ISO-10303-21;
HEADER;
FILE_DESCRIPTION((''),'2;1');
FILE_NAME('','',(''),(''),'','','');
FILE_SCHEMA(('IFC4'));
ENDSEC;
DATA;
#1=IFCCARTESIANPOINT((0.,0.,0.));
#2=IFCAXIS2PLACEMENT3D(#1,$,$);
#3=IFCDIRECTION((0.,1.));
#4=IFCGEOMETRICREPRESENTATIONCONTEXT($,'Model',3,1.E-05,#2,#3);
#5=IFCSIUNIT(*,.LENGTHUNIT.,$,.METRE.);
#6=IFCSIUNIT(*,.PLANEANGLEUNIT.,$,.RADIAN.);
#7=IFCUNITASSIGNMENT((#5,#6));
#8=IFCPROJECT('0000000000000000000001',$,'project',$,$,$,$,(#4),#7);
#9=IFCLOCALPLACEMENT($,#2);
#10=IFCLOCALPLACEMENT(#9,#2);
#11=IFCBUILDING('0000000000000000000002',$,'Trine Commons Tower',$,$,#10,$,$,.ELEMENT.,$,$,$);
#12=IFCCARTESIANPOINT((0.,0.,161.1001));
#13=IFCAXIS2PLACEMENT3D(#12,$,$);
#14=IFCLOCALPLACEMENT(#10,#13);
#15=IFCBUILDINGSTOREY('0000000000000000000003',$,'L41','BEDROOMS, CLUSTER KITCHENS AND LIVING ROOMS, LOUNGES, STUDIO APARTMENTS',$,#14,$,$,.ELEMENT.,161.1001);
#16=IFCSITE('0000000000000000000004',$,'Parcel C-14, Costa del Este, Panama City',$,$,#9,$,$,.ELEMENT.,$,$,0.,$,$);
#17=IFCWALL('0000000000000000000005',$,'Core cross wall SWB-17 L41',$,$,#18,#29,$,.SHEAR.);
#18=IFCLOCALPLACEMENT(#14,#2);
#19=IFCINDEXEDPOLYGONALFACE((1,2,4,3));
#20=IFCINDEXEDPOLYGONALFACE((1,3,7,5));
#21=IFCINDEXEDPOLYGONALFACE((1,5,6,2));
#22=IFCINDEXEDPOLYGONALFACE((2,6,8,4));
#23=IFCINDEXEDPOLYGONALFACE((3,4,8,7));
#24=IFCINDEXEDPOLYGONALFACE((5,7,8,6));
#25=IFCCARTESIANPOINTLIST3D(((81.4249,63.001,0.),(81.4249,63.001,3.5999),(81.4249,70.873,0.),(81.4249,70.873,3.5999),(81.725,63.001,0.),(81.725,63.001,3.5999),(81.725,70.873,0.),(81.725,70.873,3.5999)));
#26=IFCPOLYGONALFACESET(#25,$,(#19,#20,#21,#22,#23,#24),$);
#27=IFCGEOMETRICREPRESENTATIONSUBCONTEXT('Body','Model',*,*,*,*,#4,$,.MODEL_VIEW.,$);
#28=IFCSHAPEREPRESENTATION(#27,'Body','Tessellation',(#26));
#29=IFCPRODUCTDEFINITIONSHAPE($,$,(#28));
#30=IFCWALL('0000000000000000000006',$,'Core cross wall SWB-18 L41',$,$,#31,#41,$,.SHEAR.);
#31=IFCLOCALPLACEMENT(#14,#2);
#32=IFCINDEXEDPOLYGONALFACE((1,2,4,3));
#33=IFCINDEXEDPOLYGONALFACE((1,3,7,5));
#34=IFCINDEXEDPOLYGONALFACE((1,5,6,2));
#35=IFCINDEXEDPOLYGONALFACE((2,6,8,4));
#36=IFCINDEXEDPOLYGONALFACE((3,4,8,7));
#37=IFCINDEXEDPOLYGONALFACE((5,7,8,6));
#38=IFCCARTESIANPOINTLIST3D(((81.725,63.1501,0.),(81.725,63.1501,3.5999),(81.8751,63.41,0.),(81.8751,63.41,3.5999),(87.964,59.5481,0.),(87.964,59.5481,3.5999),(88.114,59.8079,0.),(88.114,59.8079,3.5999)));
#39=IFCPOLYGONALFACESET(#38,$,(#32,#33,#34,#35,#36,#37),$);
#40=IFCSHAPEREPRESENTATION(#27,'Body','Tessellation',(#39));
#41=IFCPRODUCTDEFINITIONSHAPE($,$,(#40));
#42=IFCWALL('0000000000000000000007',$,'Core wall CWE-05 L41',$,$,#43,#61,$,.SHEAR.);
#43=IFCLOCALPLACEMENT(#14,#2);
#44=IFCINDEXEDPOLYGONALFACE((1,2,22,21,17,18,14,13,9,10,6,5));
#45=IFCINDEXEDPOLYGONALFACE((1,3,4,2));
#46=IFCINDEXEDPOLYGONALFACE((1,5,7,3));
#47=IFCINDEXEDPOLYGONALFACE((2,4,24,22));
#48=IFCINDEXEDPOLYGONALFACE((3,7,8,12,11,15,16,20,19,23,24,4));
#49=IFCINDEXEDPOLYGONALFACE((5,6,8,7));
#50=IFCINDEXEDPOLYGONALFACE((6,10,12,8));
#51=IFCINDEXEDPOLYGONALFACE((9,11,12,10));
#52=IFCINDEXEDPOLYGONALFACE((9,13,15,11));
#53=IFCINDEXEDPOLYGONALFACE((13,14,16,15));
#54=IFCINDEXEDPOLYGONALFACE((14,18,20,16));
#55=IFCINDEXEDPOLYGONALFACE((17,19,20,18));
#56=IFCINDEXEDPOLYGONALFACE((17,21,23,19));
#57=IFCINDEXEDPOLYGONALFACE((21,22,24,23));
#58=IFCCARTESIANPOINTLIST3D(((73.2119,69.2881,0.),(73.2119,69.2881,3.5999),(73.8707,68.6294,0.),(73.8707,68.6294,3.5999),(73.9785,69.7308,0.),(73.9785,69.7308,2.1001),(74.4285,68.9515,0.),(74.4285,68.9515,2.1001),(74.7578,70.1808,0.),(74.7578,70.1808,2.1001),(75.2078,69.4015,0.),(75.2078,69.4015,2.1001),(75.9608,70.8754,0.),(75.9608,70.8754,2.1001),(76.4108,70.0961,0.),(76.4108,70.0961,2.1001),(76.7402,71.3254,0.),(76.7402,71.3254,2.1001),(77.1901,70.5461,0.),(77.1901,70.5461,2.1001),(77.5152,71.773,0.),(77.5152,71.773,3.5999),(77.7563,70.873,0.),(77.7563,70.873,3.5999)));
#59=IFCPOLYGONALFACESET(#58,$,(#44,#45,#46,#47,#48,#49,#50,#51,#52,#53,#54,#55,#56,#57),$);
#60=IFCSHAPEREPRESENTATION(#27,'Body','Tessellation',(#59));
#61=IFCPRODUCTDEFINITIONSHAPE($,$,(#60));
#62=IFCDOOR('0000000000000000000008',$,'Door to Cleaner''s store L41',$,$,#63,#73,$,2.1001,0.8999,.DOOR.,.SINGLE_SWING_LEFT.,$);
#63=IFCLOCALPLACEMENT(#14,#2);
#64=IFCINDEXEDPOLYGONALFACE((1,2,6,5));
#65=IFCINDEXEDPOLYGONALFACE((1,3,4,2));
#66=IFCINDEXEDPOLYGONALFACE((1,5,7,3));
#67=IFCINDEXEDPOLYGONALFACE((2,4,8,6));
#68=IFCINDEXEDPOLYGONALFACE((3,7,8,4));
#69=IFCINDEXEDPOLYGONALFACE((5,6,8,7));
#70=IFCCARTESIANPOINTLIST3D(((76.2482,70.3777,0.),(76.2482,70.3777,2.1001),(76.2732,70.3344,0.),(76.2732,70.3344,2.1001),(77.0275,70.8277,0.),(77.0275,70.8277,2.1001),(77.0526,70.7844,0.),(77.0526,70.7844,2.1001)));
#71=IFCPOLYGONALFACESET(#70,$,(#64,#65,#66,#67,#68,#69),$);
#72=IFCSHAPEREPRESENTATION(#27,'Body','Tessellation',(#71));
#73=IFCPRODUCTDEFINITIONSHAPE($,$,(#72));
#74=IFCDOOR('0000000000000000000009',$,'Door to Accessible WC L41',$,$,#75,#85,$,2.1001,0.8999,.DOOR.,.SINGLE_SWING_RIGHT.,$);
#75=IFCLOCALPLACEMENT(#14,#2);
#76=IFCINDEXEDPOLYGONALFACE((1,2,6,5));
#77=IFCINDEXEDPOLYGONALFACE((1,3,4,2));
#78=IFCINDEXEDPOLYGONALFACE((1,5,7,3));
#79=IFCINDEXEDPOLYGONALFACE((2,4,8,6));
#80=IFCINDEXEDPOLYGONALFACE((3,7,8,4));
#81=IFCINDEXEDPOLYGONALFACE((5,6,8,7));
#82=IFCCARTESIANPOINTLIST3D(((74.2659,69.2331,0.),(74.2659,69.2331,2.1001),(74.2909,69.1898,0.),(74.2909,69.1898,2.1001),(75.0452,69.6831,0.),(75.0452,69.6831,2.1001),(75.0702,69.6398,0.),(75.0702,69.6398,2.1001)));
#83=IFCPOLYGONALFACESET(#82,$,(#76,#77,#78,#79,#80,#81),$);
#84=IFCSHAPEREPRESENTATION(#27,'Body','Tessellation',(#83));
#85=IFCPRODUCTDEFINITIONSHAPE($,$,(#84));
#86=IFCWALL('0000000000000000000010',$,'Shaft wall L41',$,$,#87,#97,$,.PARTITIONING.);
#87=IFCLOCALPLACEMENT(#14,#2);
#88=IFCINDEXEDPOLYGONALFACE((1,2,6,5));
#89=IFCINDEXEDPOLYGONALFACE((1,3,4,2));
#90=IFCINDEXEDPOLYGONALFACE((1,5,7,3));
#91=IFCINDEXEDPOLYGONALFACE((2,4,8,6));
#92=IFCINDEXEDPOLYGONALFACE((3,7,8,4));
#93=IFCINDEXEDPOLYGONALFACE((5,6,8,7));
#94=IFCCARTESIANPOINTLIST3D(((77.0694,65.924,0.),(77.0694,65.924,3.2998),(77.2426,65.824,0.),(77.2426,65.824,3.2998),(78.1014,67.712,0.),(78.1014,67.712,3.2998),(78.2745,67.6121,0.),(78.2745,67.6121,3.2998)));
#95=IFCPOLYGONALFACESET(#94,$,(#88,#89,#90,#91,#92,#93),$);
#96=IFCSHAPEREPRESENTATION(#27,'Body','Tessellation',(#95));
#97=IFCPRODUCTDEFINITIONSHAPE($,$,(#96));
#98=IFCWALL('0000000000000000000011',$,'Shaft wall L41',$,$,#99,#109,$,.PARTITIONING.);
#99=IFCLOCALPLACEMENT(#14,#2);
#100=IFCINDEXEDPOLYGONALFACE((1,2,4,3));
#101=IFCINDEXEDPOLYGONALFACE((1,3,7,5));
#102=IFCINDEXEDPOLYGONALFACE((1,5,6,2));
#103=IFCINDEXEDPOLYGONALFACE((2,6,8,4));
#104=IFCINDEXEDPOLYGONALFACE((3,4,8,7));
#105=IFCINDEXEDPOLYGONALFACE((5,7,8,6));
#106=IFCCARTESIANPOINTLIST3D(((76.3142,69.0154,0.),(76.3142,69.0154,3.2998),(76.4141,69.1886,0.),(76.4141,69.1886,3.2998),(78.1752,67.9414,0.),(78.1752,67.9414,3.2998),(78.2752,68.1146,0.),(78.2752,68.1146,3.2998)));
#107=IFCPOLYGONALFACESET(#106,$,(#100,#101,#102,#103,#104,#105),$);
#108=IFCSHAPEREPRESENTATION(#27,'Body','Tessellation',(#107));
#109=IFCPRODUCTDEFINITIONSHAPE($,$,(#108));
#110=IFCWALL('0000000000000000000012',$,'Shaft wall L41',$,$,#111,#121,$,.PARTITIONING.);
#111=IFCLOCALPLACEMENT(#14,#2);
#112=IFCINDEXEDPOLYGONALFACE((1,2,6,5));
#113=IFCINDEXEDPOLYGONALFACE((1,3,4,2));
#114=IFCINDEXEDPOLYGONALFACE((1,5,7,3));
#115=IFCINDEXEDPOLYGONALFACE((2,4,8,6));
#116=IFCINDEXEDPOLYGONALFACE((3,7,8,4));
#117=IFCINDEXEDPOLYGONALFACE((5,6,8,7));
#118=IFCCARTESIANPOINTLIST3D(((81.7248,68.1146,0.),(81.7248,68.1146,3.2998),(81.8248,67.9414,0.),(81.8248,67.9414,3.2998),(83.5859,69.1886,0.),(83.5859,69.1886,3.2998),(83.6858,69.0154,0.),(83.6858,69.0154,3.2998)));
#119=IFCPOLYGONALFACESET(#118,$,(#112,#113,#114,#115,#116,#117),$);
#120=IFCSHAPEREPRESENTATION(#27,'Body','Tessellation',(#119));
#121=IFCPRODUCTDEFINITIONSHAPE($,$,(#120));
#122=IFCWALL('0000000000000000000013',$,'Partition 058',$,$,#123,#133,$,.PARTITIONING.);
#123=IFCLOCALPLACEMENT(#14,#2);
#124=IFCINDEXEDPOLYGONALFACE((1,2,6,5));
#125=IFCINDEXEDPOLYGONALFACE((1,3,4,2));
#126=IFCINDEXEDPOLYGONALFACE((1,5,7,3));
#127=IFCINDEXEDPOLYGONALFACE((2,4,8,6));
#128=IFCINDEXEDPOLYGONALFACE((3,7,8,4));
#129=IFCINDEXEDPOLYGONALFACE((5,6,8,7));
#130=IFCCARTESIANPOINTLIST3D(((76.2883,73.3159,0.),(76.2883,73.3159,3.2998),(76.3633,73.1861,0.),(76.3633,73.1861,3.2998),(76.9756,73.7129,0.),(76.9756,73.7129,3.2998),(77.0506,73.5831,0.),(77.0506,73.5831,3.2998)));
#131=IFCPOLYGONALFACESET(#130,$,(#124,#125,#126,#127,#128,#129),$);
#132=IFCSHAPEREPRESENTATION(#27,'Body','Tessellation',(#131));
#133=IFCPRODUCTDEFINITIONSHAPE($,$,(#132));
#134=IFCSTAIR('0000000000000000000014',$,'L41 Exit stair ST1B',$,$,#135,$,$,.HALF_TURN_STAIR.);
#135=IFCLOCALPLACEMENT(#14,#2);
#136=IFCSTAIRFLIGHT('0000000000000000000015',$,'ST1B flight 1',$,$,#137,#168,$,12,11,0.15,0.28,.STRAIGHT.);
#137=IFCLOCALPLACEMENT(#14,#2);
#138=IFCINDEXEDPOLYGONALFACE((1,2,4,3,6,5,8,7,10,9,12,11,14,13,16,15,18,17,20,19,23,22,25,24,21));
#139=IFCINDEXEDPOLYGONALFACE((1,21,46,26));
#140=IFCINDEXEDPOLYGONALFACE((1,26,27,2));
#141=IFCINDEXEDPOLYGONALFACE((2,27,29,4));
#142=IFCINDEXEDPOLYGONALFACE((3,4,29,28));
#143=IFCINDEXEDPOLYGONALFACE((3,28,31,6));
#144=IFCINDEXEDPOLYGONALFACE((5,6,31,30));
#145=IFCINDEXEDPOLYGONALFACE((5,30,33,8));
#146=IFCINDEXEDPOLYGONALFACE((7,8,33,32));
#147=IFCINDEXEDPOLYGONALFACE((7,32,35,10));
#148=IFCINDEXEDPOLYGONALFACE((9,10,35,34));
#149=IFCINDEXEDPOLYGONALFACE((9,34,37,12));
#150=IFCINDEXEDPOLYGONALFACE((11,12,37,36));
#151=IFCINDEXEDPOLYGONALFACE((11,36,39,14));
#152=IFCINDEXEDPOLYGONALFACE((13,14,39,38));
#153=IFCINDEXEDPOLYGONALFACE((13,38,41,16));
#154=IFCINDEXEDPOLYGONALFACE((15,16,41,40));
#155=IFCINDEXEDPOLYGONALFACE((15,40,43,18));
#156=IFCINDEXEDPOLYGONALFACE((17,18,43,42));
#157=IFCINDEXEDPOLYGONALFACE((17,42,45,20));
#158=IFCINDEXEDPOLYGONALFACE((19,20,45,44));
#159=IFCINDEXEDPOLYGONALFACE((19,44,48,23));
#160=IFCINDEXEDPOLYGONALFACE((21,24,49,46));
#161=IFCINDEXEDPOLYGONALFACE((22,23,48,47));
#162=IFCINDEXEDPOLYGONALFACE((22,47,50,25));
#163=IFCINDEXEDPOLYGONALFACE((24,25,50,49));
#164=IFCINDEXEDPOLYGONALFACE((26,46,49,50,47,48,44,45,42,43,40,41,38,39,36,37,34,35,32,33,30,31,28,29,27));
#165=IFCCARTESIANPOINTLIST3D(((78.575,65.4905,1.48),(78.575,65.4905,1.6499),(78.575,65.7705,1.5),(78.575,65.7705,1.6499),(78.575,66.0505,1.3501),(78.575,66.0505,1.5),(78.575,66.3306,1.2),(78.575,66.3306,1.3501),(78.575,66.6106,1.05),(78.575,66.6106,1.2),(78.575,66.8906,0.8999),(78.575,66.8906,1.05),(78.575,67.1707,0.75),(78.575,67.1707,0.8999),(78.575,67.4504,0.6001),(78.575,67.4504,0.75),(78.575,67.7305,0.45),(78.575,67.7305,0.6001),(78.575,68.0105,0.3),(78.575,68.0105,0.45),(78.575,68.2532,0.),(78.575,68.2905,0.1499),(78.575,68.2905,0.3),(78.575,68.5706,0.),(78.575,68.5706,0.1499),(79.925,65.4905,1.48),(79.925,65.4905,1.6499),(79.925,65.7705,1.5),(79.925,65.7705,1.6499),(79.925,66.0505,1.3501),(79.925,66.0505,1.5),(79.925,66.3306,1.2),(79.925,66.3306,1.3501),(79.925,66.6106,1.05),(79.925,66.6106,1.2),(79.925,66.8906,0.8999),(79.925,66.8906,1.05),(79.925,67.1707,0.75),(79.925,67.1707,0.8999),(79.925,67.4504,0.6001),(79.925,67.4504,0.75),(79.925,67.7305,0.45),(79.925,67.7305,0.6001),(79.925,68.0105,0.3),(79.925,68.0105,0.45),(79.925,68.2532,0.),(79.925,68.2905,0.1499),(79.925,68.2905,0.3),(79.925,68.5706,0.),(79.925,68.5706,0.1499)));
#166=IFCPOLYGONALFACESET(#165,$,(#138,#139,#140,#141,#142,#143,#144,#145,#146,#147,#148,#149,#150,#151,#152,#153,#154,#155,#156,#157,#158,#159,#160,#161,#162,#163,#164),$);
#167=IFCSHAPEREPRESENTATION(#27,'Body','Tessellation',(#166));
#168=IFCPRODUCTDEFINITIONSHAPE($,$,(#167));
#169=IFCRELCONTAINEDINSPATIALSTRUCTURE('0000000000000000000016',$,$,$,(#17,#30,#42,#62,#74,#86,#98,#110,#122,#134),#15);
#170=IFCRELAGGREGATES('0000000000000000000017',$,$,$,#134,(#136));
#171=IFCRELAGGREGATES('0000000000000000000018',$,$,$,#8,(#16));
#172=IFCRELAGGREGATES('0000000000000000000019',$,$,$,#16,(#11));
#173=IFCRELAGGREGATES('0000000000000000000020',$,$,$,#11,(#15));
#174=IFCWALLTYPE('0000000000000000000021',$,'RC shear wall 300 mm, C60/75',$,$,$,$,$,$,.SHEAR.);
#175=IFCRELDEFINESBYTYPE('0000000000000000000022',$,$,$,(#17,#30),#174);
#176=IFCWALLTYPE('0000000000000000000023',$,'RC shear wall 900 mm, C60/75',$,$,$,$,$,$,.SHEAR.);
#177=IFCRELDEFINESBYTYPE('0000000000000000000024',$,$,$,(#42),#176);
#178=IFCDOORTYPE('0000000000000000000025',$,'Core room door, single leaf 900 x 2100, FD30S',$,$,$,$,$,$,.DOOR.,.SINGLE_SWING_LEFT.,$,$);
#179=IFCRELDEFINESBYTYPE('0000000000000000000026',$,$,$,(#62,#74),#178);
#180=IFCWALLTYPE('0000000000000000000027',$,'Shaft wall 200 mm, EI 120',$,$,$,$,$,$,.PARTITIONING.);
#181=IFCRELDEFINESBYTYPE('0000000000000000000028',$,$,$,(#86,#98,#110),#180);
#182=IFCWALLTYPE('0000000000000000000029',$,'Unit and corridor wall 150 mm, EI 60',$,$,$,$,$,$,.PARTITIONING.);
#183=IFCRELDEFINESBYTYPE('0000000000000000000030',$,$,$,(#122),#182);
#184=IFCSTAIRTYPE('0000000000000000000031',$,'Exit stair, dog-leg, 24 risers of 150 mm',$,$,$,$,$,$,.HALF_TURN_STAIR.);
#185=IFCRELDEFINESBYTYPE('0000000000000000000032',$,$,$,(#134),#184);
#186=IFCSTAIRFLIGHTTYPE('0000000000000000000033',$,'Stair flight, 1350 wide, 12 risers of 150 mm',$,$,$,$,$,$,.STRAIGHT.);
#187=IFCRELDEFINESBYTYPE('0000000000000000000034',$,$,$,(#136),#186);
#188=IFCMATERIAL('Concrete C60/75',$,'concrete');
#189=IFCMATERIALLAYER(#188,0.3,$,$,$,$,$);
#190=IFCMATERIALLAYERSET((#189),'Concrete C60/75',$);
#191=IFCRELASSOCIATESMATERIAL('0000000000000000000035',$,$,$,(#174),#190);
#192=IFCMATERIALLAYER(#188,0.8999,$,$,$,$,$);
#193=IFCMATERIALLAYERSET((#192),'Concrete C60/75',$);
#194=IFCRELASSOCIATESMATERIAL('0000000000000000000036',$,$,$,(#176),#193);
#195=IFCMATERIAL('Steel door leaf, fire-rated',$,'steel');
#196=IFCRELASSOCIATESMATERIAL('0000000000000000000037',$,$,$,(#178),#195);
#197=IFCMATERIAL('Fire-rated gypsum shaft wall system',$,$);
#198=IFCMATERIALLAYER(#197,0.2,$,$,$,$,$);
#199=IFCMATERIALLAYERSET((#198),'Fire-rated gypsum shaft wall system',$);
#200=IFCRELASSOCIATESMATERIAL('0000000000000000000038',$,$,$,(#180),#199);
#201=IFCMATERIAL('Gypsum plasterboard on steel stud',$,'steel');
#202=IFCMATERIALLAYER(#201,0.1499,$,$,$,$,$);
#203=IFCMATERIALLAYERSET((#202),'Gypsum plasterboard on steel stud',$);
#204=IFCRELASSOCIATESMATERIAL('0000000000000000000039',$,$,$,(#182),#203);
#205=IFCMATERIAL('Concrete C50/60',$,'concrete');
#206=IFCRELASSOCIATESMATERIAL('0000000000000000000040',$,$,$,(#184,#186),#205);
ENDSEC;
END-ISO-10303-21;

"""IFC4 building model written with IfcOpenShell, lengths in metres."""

from ifc_helpers import new_model, si_unit, direction, frame, frame_2d, origin, place, context, subcontext, project, spatial, polyline, rectangle, outline, extrude, material, layer, layer_set, type_object, element, fill, aggregate, save


model = new_model("IFC4")

# Units and contexts
model_context = context("Model", 3, precision=1e-05, world=origin(), true_north=direction((0.0, 1.0)))
body_context = subcontext(model_context, "Body", "Model", "MODEL_VIEW")
ifc_project = project(units=[si_unit("LENGTHUNIT", "METRE"), si_unit("PLANEANGLEUNIT", "RADIAN")], contexts=[model_context])

# Site, building, storey
site_placement = place(None, origin())
site = spatial("IfcSite", under=ifc_project, at=site_placement, Name="Parcel C-14, Costa del Este, Panama City", CompositionType="ELEMENT", RefElevation=0.0)
building_placement = place(site_placement, origin())
building = spatial("IfcBuilding", under=site, at=building_placement, Name="Trine Commons Tower", CompositionType="ELEMENT")
storey_placement = place(building_placement, frame((0.0, 0.0, 161.1001)))
storey = spatial("IfcBuildingStorey", under=building, at=storey_placement, Name="L41", Description="BEDROOMS, CLUSTER KITCHENS AND LIVING ROOMS, LOUNGES, STUDIO APARTMENTS", CompositionType="ELEMENT", Elevation=161.1001)

# Shared definitions
ifc_material_1 = material(Name="Fire-rated gypsum shaft wall system")
ifc_material_2 = material(Name="Steel door leaf, fire-rated", Category="steel")
ifc_material_3 = material(Name="Concrete C60/75", Category="concrete")
ifc_layer_1 = layer(ifc_material_3, 0.3)
ifc_layer_set_1 = layer_set([ifc_layer_1], Name="Concrete C60/75")
wall_type_1 = type_object("IfcWallType", Name="RC shear wall 300 mm, C60/75", PredefinedType="SHEAR", material=ifc_layer_set_1)

# Walls
wall_1_placement = place(storey_placement, frame((81.575, 63.001, 0.0), z_axis=(0.0, 0.0, 1.0), x_axis=(0.0, 1.0, 0.0)))
element("IfcWall", 1, at=wall_1_placement, inside=storey, type_object=wall_type_1, Name="Core cross wall SWB-17 L41", PredefinedType="SHEAR", context=body_context, shape_type="SweptSolid", body=[
    extrude(rectangle(XDim=7.8721, YDim=0.3, at=frame_2d((3.936, 0.0))), origin(), (0.0, 0.0, 1.0), 3.5999),
])
wall_2_placement = place(storey_placement, frame((81.8, 63.28, 0.0), z_axis=(0.0, 0.0, 1.0), x_axis=(0.866028, -0.499995, 0.0)))
element("IfcWall", 2, at=wall_2_placement, inside=storey, type_object=wall_type_1, Name="Core cross wall SWB-18 L41", PredefinedType="SHEAR", context=body_context, shape_type="SweptSolid", body=[
    extrude(rectangle(XDim=7.2041, YDim=0.3, at=frame_2d((3.6021, 0.0))), origin(), (0.0, 0.0, 1.0), 3.5999),
])

# Wall, openings, doors
ifc_layer_2 = layer(ifc_material_3, 0.8999)
ifc_layer_set_2 = layer_set([ifc_layer_2], Name="Concrete C60/75")
wall_type_2 = type_object("IfcWallType", Name="RC shear wall 900 mm, C60/75", PredefinedType="SHEAR", material=ifc_layer_set_2)
wall_3_placement = place(storey_placement, frame((77.7402, 71.3833, 0.0), z_axis=(0.0, 0.0, 1.0), x_axis=(-0.866003, -0.500039, 0.0)))
wall_3 = element("IfcWall", 3, at=wall_3_placement, inside=storey, type_object=wall_type_2, Name="Core wall CWE-05 L41", PredefinedType="SHEAR", context=body_context, shape_type="SweptSolid", body=[
    extrude(outline(polyline([(0.0, -0.45), (4.9692, -0.45), (4.728, 0.45), (0.2412, 0.45), (0.0, -0.45)])), origin(), (0.0, 0.0, 1.0), 3.5999),
])
opening_1_placement = place(wall_3_placement, frame((0.895, 0.0, 0.0)))
opening_1 = element("IfcOpeningElement", 4, at=opening_1_placement, cuts=wall_3, PredefinedType="OPENING", context=body_context, shape_type="SweptSolid", body=[
    extrude(rectangle(XDim=0.8999, YDim=2.1001, at=frame_2d((0.45, 1.05))), frame((0.0, 0.46, 0.0), z_axis=(0.0, -1.0, 0.0), x_axis=(1.0, 0.0, 0.0)), (0.0, 0.0, 1.0), 0.9199),
])
opening_2_placement = place(wall_3_placement, frame((3.1841, 0.0, 0.0)))
opening_2 = element("IfcOpeningElement", 5, at=opening_2_placement, cuts=wall_3, PredefinedType="OPENING", context=body_context, shape_type="SweptSolid", body=[
    extrude(rectangle(XDim=0.8999, YDim=2.1001, at=frame_2d((0.45, 1.05))), frame((0.0, 0.46, 0.0), z_axis=(0.0, -1.0, 0.0), x_axis=(1.0, 0.0, 0.0)), (0.0, 0.0, 1.0), 0.9199),
])
door_type_1 = type_object("IfcDoorType", Name="Core room door, single leaf 900 x 2100, FD30S", OperationType="SINGLE_SWING_LEFT", PredefinedType="DOOR", material=ifc_material_2)
door_1_placement = place(opening_1_placement, origin())
door_1 = element("IfcDoor", 6, at=door_1_placement, inside=storey, type_object=door_type_1, Name="Door to Cleaner's store L41", OperationType="SINGLE_SWING_LEFT", OverallHeight=2.1001, OverallWidth=0.8999, PredefinedType="DOOR", context=body_context, shape_type="SweptSolid", body=[
    extrude(rectangle(XDim=0.8999, YDim=2.1001, at=frame_2d((0.45, 1.05))), frame((0.0, 0.1748, 0.0), z_axis=(0.0, -1.0, 0.0), x_axis=(1.0, 0.0, 0.0)), (0.0, 0.0, 1.0), 0.05),
])
fill(opening_1, door_1)
door_2_placement = place(opening_2_placement, origin())
door_2 = element("IfcDoor", 7, at=door_2_placement, inside=storey, type_object=door_type_1, Name="Door to Accessible WC L41", OperationType="SINGLE_SWING_RIGHT", OverallHeight=2.1001, OverallWidth=0.8999, PredefinedType="DOOR", context=body_context, shape_type="SweptSolid", body=[
    extrude(rectangle(XDim=0.8999, YDim=2.1001, at=frame_2d((0.45, 1.05))), frame((0.0, 0.1748, 0.0), z_axis=(0.0, -1.0, 0.0), x_axis=(1.0, 0.0, 0.0)), (0.0, 0.0, 1.0), 0.05),
])
fill(opening_2, door_2)

# Walls
ifc_layer_3 = layer(ifc_material_1, 0.2)
ifc_layer_set_3 = layer_set([ifc_layer_3], Name="Fire-rated gypsum shaft wall system")
wall_type_3 = type_object("IfcWallType", Name="Shaft wall 200 mm, EI 120", PredefinedType="PARTITIONING", material=ifc_layer_set_3)
wall_4_placement = place(storey_placement, frame((77.156, 65.874, 0.0), z_axis=(0.0, 0.0, 1.0), x_axis=(0.499866, 0.866103, 0.0)))
element("IfcWall", 8, at=wall_4_placement, inside=storey, type_object=wall_type_3, Name="Shaft wall L41", PredefinedType="PARTITIONING", context=body_context, shape_type="SweptSolid", body=[
    extrude(rectangle(XDim=2.0645, YDim=0.2, at=frame_2d((1.0322, 0.0))), origin(), (0.0, 0.0, 1.0), 3.2998),
])
for number, where, z_axis, x_axis, name in (
    (9, (78.2251, 68.0281, 0.0), (0.0, 0.0, 1.0), (-0.866131, 0.499818, 0.0), "Shaft wall L41"),
    (10, (81.7749, 68.0281, 0.0), (0.0, 0.0, 1.0), (0.866131, 0.499818, 0.0), "Shaft wall L41"),
):
    element("IfcWall", number, at=place(storey_placement, frame(where, z_axis=z_axis, x_axis=x_axis)), inside=storey, type_object=wall_type_3, Name=name, PredefinedType="PARTITIONING", context=body_context, shape_type="SweptSolid", body=[
        extrude(rectangle(XDim=2.1487, YDim=0.2, at=frame_2d((1.0742, 0.0))), origin(), (0.0, 0.0, 1.0), 3.2998),
    ])
ifc_material_4 = material(Name="Gypsum plasterboard on steel stud", Category="steel")
ifc_layer_4 = layer(ifc_material_4, 0.1499)
ifc_layer_set_4 = layer_set([ifc_layer_4], Name="Gypsum plasterboard on steel stud")
wall_type_4 = type_object("IfcWallType", Name="Unit and corridor wall 150 mm, EI 60", PredefinedType="PARTITIONING", material=ifc_layer_set_4)
wall_5_placement = place(storey_placement, frame((76.3257, 73.251, 0.0), z_axis=(0.0, 0.0, 1.0), x_axis=(0.865924, 0.500175, 0.0)))
element("IfcWall", 11, at=wall_5_placement, inside=storey, type_object=wall_type_4, Name="Partition 058", PredefinedType="PARTITIONING", context=body_context, shape_type="SweptSolid", body=[
    extrude(rectangle(XDim=0.7937, YDim=0.1499, at=frame_2d((0.397, 0.0))), origin(), (0.0, 0.0, 1.0), 3.2998),
])

# Stair, stair flight
ifc_material_5 = material(Name="Concrete C50/60", Category="concrete")
stair_type = type_object("IfcStairType", Name="Exit stair, dog-leg, 24 risers of 150 mm", PredefinedType="HALF_TURN_STAIR", material=ifc_material_5)
stair_placement = place(storey_placement, origin())
stair = element("IfcStair", 12, at=stair_placement, inside=storey, type_object=stair_type, Name="L41 Exit stair ST1B", PredefinedType="HALF_TURN_STAIR")
stair_flight_type = type_object("IfcStairFlightType", Name="Stair flight, 1350 wide, 12 risers of 150 mm", PredefinedType="STRAIGHT", material=ifc_material_5)
stair_flight_1_placement = place(storey_placement, frame((79.25, 68.5706, 0.0), z_axis=(0.0, 0.0, 1.0), x_axis=(0.0, -1.0, 0.0)))
stair_flight_1 = element("IfcStairFlight", 13, at=stair_flight_1_placement, type_object=stair_flight_type, Name="ST1B flight 1", NumberOfRisers=12, NumberOfTreads=11, PredefinedType="STRAIGHT", RiserHeight=0.15, TreadLength=0.28, context=body_context, shape_type="SweptSolid", body=[
    extrude(outline(polyline([(0.0, 0.0), (0.0, 0.1499), (0.28, 0.1499), (0.28, 0.3), (0.5601, 0.3), (0.5601, 0.45), (0.8401, 0.45), (0.8401, 0.6001), (1.1201, 0.6001), (1.1201, 0.75), (1.3999, 0.75), (1.3999, 0.8999), (1.6799, 0.8999), (1.6799, 1.05), (1.96, 1.05), (1.96, 1.2), (2.24, 1.2), (2.24, 1.3501), (2.52, 1.3501), (2.52, 1.5), (2.8, 1.5), (2.8, 1.6499), (3.0801, 1.6499), (3.0801, 1.8), (3.0801, 1.48), (0.3174, 0.0), (0.0, 0.0)])), frame((0.0, 0.675, 0.0), z_axis=(0.0, -1.0, 0.0), x_axis=(1.0, 0.0, 0.0)), (0.0, 0.0, 1.0), 1.3501),
])
aggregate(stair, [stair_flight_1])

save(model, "model.ifc")
